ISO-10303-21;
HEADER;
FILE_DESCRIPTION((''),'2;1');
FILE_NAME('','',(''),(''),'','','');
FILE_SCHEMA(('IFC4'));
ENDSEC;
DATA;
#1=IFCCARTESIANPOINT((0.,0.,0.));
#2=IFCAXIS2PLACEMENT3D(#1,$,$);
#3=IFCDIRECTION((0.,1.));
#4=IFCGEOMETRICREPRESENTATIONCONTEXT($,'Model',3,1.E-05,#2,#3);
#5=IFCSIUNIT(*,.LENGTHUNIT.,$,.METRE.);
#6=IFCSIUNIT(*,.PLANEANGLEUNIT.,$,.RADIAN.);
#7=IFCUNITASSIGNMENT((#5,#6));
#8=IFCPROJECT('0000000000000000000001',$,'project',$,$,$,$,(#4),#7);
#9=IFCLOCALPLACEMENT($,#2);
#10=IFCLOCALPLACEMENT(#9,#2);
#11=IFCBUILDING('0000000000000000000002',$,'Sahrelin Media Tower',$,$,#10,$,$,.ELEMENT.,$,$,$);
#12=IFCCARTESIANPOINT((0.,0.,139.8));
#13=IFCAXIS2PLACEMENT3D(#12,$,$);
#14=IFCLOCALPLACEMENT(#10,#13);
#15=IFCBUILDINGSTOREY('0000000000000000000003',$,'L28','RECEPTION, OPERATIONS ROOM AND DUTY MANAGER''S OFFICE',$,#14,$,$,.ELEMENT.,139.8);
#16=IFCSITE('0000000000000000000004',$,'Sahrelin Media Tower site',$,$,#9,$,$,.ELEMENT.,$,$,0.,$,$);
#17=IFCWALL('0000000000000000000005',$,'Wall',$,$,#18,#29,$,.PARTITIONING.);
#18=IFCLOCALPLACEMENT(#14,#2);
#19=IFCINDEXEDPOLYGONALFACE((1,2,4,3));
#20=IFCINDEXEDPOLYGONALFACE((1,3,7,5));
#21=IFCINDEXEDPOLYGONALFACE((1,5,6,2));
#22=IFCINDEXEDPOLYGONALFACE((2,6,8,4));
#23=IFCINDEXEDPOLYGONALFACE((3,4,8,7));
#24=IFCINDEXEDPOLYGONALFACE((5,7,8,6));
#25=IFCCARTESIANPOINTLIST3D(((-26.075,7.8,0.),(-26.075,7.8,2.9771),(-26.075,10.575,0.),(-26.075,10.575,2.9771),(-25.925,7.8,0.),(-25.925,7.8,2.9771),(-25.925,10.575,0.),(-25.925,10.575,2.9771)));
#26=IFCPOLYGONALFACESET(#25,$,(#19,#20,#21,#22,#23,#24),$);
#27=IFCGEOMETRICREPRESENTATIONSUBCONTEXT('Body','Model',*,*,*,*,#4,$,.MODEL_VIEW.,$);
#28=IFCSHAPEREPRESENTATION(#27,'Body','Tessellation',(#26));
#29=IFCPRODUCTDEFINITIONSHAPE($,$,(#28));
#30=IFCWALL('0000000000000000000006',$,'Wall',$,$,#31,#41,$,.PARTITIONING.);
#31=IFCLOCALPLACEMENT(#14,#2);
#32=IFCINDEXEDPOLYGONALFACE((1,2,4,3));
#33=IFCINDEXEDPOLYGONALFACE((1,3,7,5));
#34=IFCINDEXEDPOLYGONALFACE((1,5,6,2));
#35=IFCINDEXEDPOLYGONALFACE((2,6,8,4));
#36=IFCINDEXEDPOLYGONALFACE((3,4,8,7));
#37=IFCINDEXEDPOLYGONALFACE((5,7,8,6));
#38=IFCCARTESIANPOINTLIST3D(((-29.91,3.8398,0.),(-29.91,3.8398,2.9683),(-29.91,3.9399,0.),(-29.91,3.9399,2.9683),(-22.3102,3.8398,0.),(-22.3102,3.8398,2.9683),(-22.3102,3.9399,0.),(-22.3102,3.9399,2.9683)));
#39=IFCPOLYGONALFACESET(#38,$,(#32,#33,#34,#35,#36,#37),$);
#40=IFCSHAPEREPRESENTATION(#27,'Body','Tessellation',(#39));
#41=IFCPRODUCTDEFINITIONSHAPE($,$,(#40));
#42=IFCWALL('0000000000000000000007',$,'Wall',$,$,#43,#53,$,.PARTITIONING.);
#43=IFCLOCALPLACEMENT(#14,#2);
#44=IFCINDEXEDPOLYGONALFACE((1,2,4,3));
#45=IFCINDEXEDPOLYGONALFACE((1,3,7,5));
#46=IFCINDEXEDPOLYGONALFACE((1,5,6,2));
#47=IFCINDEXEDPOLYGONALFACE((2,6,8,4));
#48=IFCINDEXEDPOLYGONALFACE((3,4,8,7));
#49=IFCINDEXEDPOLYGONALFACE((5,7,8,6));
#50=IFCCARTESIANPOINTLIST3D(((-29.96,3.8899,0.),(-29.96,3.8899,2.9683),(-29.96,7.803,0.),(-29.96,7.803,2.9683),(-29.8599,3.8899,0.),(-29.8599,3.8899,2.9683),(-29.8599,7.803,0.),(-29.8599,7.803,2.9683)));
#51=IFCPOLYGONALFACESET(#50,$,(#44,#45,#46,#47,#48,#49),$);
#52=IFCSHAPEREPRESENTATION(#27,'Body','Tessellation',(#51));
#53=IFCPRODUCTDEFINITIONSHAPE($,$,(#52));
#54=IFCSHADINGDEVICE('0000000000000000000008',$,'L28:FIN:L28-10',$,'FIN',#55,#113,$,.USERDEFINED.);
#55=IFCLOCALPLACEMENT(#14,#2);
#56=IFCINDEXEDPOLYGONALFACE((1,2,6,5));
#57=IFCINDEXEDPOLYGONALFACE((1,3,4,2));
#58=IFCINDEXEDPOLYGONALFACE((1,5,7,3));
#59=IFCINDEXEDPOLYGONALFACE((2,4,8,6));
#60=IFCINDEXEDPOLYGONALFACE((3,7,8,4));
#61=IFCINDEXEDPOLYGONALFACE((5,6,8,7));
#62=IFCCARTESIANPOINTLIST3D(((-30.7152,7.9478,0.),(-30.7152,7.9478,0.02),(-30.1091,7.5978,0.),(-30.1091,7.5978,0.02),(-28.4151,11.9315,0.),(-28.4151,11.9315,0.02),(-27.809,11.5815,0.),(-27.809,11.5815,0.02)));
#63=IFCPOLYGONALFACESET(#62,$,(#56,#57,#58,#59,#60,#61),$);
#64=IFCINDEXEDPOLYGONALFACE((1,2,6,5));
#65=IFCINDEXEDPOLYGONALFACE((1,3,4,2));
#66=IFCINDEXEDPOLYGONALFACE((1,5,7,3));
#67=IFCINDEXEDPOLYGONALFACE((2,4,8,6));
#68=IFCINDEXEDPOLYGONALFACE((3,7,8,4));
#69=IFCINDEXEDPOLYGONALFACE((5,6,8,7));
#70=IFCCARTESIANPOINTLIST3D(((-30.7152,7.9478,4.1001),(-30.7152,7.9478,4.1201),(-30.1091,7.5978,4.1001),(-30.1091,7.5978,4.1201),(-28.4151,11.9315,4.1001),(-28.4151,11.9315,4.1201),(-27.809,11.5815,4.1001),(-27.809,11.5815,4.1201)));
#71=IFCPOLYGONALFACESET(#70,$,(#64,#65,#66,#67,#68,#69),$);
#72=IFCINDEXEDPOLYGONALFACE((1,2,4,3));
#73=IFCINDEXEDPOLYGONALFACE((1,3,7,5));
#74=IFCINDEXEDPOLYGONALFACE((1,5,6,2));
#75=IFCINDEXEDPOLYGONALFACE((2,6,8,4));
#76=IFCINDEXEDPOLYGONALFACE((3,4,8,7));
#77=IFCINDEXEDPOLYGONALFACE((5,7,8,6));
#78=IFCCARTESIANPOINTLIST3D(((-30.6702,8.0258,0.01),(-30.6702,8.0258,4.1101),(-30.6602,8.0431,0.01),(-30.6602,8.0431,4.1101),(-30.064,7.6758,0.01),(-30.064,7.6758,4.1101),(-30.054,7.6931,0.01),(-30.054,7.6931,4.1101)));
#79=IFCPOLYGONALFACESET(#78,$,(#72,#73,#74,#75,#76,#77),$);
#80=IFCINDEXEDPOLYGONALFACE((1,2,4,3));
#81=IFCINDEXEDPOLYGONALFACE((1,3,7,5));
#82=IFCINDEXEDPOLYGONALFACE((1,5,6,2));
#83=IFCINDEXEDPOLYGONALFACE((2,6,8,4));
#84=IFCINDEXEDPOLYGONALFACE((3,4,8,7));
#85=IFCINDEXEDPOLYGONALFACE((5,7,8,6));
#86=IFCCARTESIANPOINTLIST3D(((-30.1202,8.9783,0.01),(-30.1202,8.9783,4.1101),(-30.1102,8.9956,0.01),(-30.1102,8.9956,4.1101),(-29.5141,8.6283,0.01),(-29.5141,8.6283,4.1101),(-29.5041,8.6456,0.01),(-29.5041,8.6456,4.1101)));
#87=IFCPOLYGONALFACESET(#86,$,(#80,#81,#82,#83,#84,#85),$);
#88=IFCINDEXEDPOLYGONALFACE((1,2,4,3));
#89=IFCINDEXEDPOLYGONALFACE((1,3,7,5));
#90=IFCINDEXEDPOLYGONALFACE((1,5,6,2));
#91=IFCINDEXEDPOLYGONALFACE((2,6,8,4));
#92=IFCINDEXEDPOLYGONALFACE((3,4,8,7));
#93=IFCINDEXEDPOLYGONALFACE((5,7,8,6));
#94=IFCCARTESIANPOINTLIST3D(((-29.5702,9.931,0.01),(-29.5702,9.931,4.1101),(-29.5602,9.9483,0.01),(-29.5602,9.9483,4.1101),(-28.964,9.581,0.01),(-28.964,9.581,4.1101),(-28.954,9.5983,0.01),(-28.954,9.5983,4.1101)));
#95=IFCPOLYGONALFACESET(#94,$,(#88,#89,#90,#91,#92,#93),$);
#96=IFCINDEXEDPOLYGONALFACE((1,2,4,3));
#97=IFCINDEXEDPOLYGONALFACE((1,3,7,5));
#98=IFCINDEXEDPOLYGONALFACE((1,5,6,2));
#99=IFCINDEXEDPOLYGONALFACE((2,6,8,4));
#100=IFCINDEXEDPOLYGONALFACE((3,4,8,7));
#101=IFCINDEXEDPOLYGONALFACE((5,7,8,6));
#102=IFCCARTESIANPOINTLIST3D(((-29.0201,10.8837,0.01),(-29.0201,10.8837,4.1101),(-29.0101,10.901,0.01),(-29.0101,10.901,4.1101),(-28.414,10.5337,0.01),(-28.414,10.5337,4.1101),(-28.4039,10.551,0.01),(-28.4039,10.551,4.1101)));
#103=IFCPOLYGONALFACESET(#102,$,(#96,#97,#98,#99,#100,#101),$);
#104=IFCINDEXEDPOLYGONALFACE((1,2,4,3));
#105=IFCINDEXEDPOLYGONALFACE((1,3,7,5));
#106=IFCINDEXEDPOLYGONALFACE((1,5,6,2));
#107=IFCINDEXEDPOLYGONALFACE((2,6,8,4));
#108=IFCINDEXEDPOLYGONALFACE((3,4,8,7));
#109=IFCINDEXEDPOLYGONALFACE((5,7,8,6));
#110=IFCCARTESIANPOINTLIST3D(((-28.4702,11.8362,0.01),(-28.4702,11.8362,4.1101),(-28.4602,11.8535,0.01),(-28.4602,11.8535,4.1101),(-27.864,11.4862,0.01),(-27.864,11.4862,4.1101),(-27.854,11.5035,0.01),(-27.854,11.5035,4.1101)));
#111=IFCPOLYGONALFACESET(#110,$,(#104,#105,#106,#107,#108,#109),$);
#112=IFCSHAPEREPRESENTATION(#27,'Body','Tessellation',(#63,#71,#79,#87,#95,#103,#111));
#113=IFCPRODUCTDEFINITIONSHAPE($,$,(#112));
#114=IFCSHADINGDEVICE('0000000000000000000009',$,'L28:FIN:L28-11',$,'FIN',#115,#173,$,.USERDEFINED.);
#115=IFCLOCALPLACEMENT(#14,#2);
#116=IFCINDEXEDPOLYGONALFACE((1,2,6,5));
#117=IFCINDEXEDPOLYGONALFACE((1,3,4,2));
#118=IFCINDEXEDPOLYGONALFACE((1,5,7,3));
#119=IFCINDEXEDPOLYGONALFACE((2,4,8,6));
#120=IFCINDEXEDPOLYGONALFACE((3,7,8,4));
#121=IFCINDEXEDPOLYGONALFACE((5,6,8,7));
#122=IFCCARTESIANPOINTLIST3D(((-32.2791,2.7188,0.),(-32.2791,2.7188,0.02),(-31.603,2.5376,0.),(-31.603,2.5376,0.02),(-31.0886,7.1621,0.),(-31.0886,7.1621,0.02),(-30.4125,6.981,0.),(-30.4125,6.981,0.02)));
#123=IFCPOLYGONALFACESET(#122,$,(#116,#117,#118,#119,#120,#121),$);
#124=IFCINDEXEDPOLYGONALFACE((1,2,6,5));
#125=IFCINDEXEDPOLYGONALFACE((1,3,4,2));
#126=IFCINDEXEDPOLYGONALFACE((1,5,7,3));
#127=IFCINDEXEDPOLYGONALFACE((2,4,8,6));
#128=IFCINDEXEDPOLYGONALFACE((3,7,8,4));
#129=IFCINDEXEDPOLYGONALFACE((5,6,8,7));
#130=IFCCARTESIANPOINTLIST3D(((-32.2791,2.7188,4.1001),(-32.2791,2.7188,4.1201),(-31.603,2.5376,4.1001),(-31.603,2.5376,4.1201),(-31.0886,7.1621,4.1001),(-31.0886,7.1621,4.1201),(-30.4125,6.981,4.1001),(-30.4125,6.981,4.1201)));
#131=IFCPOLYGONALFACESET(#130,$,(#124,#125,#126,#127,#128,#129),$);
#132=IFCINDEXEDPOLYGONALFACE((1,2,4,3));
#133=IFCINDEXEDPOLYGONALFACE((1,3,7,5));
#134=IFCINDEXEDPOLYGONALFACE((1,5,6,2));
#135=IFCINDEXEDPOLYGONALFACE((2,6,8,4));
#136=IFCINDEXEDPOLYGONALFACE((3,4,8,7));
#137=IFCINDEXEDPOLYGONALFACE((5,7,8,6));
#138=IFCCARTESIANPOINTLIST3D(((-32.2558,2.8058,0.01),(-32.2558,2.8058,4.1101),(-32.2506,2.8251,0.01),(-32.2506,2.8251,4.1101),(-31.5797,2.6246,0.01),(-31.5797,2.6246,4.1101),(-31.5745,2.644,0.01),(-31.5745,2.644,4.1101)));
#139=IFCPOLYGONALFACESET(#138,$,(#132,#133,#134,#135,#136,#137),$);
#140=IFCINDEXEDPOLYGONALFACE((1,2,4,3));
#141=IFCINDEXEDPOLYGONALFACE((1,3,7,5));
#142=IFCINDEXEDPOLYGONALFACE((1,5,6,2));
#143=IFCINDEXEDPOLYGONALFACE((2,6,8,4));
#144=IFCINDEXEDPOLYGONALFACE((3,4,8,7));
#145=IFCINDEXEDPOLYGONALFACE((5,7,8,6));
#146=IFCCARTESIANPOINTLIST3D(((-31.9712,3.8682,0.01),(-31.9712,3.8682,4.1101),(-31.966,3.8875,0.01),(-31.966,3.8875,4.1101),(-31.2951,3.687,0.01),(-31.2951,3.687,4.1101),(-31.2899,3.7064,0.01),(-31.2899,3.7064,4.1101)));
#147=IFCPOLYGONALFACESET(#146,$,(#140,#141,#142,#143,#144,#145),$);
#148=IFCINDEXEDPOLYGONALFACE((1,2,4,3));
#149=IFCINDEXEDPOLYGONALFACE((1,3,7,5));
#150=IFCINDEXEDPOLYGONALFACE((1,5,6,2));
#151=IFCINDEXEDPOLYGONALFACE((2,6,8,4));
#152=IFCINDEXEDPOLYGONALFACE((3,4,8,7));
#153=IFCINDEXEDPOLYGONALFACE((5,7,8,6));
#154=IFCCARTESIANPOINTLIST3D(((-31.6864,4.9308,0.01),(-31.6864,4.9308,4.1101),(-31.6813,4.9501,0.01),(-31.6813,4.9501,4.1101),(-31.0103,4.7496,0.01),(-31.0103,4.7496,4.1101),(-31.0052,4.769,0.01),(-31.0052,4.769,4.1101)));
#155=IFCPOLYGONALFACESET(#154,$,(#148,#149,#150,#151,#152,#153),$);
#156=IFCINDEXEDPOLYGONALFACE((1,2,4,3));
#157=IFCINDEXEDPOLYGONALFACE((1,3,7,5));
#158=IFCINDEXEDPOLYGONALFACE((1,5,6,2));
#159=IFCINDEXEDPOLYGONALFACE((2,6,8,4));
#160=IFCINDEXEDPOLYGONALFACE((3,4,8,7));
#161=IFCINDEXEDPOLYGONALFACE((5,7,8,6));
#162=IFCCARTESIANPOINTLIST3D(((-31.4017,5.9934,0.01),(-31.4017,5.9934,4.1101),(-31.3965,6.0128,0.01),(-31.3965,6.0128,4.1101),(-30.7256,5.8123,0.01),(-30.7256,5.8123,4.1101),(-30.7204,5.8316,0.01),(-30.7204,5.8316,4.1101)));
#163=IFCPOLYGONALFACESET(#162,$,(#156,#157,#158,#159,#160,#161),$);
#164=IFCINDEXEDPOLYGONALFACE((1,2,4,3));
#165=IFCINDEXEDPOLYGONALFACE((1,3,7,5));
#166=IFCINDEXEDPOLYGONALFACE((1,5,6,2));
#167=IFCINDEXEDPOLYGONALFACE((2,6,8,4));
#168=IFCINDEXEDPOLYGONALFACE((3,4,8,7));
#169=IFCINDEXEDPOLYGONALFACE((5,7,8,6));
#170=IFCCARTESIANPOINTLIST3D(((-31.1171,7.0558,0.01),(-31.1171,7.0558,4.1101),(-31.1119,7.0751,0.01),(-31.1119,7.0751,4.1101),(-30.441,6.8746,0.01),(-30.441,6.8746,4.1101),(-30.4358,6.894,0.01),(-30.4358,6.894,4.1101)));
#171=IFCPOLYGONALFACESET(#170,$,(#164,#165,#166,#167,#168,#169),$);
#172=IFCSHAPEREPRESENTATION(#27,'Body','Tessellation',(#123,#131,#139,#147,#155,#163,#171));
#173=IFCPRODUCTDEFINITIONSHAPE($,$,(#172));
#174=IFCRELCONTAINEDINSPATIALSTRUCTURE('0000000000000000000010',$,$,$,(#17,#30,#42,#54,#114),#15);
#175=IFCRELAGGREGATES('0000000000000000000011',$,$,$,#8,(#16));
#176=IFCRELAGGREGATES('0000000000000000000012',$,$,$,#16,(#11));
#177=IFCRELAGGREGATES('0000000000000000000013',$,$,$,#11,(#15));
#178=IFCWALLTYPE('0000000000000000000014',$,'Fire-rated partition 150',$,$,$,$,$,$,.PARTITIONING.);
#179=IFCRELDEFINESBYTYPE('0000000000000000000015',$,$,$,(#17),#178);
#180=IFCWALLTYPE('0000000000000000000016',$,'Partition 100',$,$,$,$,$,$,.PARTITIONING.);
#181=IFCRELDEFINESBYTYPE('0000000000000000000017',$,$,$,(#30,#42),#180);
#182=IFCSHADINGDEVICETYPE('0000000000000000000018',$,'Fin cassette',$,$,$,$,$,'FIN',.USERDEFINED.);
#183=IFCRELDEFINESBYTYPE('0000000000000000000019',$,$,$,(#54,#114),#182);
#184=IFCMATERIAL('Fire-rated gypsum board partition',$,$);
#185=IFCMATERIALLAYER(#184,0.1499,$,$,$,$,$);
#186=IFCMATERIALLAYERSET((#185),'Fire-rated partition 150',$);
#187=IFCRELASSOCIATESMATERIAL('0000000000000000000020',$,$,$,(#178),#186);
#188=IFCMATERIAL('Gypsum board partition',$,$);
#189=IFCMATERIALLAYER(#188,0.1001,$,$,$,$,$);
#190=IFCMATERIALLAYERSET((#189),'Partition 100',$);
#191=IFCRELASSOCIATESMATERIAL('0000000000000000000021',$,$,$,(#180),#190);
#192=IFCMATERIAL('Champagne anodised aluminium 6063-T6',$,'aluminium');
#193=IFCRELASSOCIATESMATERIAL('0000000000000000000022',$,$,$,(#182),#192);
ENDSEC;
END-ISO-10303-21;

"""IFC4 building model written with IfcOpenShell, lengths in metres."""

from ifc_helpers import new_model, si_unit, direction, frame, frame_2d, origin, origin_2d, place, context, subcontext, project, spatial, rectangle, extrude, material, layer, layer_set, type_object, element, save


model = new_model("IFC4")

# Units and contexts
model_context = context("Model", 3, precision=1e-05, world=origin(), true_north=direction((0.0, 1.0)))
body_context = subcontext(model_context, "Body", "Model", "MODEL_VIEW")
ifc_project = project(units=[si_unit("LENGTHUNIT", "METRE"), si_unit("PLANEANGLEUNIT", "RADIAN")], contexts=[model_context])

# Site, building, storey
site_placement = place(None, origin())
site = spatial("IfcSite", under=ifc_project, at=site_placement, Name="Sahrelin Media Tower site", CompositionType="ELEMENT", RefElevation=0.0)
building_placement = place(site_placement, origin())
building = spatial("IfcBuilding", under=site, at=building_placement, Name="Sahrelin Media Tower", CompositionType="ELEMENT")
storey_placement = place(building_placement, frame((0.0, 0.0, 139.8)))
storey = spatial("IfcBuildingStorey", under=building, at=storey_placement, Name="L28", Description="RECEPTION, OPERATIONS ROOM AND DUTY MANAGER'S OFFICE", CompositionType="ELEMENT", Elevation=139.8)

# Shared definitions
ifc_material_1 = material(Name="Champagne anodised aluminium 6063-T6", Category="aluminium")

# Walls
ifc_material_2 = material(Name="Fire-rated gypsum board partition")
ifc_layer_1 = layer(ifc_material_2, 0.1499)
ifc_layer_set_1 = layer_set([ifc_layer_1], Name="Fire-rated partition 150")
wall_type_1 = type_object("IfcWallType", Name="Fire-rated partition 150", PredefinedType="PARTITIONING", material=ifc_layer_set_1)
wall_1_placement = place(storey_placement, frame((-26.0, 7.8, 0.0), z_axis=(0.0, 0.0, 1.0), x_axis=(0.0, 1.0, 0.0)))
element("IfcWall", 1, at=wall_1_placement, inside=storey, type_object=wall_type_1, Name="Wall", PredefinedType="PARTITIONING", context=body_context, shape_type="SweptSolid", body=[
    extrude(rectangle(XDim=2.7749, YDim=0.1499, at=frame_2d((1.3875, 0.0))), origin(), (0.0, 0.0, 1.0), 2.9771),
])
ifc_material_3 = material(Name="Gypsum board partition")
ifc_layer_2 = layer(ifc_material_3, 0.1001)
ifc_layer_set_2 = layer_set([ifc_layer_2], Name="Partition 100")
wall_type_2 = type_object("IfcWallType", Name="Partition 100", PredefinedType="PARTITIONING", material=ifc_layer_set_2)
wall_2_placement = place(storey_placement, frame((-29.9099, 3.8899, 0.0), z_axis=(0.0, 0.0, 1.0), x_axis=(1.0, 0.0, 0.0)))
element("IfcWall", 2, at=wall_2_placement, inside=storey, type_object=wall_type_2, Name="Wall", PredefinedType="PARTITIONING", context=body_context, shape_type="SweptSolid", body=[
    extrude(rectangle(XDim=7.5999, YDim=0.1001, at=frame_2d((3.7998, 0.0))), origin(), (0.0, 0.0, 1.0), 2.9683),
])
wall_3_placement = place(storey_placement, frame((-29.9099, 3.8899, 0.0), z_axis=(0.0, 0.0, 1.0), x_axis=(0.0, 1.0, 0.0)))
element("IfcWall", 3, at=wall_3_placement, inside=storey, type_object=wall_type_2, Name="Wall", PredefinedType="PARTITIONING", context=body_context, shape_type="SweptSolid", body=[
    extrude(rectangle(XDim=3.9131, YDim=0.1001, at=frame_2d((1.9565, 0.0))), origin(), (0.0, 0.0, 1.0), 2.9683),
])

# Shading devices
shading_device_type_1 = type_object("IfcShadingDeviceType", Name="Fin cassette", ElementType="FIN", PredefinedType="USERDEFINED", material=ifc_material_1)
placement_1 = place(storey_placement, frame((-28.8984, 9.5547, 0.0), z_axis=(0.0, 0.0, 1.0), x_axis=(0.500011, 0.866019, 0.0)))
element("IfcShadingDevice", 4, at=placement_1, inside=storey, type_object=shading_device_type_1, Name="L28:FIN:L28-10", ObjectType="FIN", PredefinedType="USERDEFINED", context=body_context, shape_type="SweptSolid", body=[
    extrude(rectangle(XDim=4.6001, YDim=0.7, at=origin_2d()), frame((0.0, 0.4199, 0.0)), (0.0, 0.0, 1.0), 0.02),
    extrude(rectangle(XDim=4.6001, YDim=0.7, at=origin_2d()), frame((0.0, 0.4199, 4.1001)), (0.0, 0.0, 1.0), 0.02),
    extrude(rectangle(XDim=0.02, YDim=0.7, at=origin_2d()), frame((-2.2, 0.4199, 0.01), z_axis=(0.0, 0.0, 1.0), x_axis=(1.0, 0.0, 0.0)), (0.0, 0.0, 1.0), 4.1001),
    extrude(rectangle(XDim=0.02, YDim=0.7, at=origin_2d()), frame((-1.1001, 0.4199, 0.01), z_axis=(0.0, 0.0, 1.0), x_axis=(1.0, 0.0, 0.0)), (0.0, 0.0, 1.0), 4.1001),
    extrude(rectangle(XDim=0.02, YDim=0.7, at=origin_2d()), frame((0.0, 0.4199, 0.01), z_axis=(0.0, 0.0, 1.0), x_axis=(1.0, 0.0, 0.0)), (0.0, 0.0, 1.0), 4.1001),
    extrude(rectangle(XDim=0.02, YDim=0.7, at=origin_2d()), frame((1.1001, 0.4199, 0.01), z_axis=(0.0, 0.0, 1.0), x_axis=(1.0, 0.0, 0.0)), (0.0, 0.0, 1.0), 4.1001),
    extrude(rectangle(XDim=0.02, YDim=0.7, at=origin_2d()), frame((2.2, 0.4199, 0.01), z_axis=(0.0, 0.0, 1.0), x_axis=(1.0, 0.0, 0.0)), (0.0, 0.0, 1.0), 4.1001),
])
placement_2 = place(storey_placement, frame((-30.9402, 4.7412, 0.0), z_axis=(0.0, 0.0, 1.0), x_axis=(0.258808, 0.965929, 0.0)))
element("IfcShadingDevice", 5, at=placement_2, inside=storey, type_object=shading_device_type_1, Name="L28:FIN:L28-11", ObjectType="FIN", PredefinedType="USERDEFINED", context=body_context, shape_type="SweptSolid", body=[
    extrude(rectangle(XDim=4.6001, YDim=0.7, at=origin_2d()), frame((0.0, 0.4199, 0.0)), (0.0, 0.0, 1.0), 0.02),
    extrude(rectangle(XDim=4.6001, YDim=0.7, at=origin_2d()), frame((0.0, 0.4199, 4.1001)), (0.0, 0.0, 1.0), 0.02),
    extrude(rectangle(XDim=0.02, YDim=0.7, at=origin_2d()), frame((-2.2, 0.4199, 0.01), z_axis=(0.0, 0.0, 1.0), x_axis=(1.0, 0.0, 0.0)), (0.0, 0.0, 1.0), 4.1001),
    extrude(rectangle(XDim=0.02, YDim=0.7, at=origin_2d()), frame((-1.1001, 0.4199, 0.01), z_axis=(0.0, 0.0, 1.0), x_axis=(1.0, 0.0, 0.0)), (0.0, 0.0, 1.0), 4.1001),
    extrude(rectangle(XDim=0.02, YDim=0.7, at=origin_2d()), frame((0.0, 0.4199, 0.01), z_axis=(0.0, 0.0, 1.0), x_axis=(1.0, 0.0, 0.0)), (0.0, 0.0, 1.0), 4.1001),
    extrude(rectangle(XDim=0.02, YDim=0.7, at=origin_2d()), frame((1.1001, 0.4199, 0.01), z_axis=(0.0, 0.0, 1.0), x_axis=(1.0, 0.0, 0.0)), (0.0, 0.0, 1.0), 4.1001),
    extrude(rectangle(XDim=0.02, YDim=0.7, at=origin_2d()), frame((2.2, 0.4199, 0.01), z_axis=(0.0, 0.0, 1.0), x_axis=(1.0, 0.0, 0.0)), (0.0, 0.0, 1.0), 4.1001),
])

save(model, "model.ifc")
